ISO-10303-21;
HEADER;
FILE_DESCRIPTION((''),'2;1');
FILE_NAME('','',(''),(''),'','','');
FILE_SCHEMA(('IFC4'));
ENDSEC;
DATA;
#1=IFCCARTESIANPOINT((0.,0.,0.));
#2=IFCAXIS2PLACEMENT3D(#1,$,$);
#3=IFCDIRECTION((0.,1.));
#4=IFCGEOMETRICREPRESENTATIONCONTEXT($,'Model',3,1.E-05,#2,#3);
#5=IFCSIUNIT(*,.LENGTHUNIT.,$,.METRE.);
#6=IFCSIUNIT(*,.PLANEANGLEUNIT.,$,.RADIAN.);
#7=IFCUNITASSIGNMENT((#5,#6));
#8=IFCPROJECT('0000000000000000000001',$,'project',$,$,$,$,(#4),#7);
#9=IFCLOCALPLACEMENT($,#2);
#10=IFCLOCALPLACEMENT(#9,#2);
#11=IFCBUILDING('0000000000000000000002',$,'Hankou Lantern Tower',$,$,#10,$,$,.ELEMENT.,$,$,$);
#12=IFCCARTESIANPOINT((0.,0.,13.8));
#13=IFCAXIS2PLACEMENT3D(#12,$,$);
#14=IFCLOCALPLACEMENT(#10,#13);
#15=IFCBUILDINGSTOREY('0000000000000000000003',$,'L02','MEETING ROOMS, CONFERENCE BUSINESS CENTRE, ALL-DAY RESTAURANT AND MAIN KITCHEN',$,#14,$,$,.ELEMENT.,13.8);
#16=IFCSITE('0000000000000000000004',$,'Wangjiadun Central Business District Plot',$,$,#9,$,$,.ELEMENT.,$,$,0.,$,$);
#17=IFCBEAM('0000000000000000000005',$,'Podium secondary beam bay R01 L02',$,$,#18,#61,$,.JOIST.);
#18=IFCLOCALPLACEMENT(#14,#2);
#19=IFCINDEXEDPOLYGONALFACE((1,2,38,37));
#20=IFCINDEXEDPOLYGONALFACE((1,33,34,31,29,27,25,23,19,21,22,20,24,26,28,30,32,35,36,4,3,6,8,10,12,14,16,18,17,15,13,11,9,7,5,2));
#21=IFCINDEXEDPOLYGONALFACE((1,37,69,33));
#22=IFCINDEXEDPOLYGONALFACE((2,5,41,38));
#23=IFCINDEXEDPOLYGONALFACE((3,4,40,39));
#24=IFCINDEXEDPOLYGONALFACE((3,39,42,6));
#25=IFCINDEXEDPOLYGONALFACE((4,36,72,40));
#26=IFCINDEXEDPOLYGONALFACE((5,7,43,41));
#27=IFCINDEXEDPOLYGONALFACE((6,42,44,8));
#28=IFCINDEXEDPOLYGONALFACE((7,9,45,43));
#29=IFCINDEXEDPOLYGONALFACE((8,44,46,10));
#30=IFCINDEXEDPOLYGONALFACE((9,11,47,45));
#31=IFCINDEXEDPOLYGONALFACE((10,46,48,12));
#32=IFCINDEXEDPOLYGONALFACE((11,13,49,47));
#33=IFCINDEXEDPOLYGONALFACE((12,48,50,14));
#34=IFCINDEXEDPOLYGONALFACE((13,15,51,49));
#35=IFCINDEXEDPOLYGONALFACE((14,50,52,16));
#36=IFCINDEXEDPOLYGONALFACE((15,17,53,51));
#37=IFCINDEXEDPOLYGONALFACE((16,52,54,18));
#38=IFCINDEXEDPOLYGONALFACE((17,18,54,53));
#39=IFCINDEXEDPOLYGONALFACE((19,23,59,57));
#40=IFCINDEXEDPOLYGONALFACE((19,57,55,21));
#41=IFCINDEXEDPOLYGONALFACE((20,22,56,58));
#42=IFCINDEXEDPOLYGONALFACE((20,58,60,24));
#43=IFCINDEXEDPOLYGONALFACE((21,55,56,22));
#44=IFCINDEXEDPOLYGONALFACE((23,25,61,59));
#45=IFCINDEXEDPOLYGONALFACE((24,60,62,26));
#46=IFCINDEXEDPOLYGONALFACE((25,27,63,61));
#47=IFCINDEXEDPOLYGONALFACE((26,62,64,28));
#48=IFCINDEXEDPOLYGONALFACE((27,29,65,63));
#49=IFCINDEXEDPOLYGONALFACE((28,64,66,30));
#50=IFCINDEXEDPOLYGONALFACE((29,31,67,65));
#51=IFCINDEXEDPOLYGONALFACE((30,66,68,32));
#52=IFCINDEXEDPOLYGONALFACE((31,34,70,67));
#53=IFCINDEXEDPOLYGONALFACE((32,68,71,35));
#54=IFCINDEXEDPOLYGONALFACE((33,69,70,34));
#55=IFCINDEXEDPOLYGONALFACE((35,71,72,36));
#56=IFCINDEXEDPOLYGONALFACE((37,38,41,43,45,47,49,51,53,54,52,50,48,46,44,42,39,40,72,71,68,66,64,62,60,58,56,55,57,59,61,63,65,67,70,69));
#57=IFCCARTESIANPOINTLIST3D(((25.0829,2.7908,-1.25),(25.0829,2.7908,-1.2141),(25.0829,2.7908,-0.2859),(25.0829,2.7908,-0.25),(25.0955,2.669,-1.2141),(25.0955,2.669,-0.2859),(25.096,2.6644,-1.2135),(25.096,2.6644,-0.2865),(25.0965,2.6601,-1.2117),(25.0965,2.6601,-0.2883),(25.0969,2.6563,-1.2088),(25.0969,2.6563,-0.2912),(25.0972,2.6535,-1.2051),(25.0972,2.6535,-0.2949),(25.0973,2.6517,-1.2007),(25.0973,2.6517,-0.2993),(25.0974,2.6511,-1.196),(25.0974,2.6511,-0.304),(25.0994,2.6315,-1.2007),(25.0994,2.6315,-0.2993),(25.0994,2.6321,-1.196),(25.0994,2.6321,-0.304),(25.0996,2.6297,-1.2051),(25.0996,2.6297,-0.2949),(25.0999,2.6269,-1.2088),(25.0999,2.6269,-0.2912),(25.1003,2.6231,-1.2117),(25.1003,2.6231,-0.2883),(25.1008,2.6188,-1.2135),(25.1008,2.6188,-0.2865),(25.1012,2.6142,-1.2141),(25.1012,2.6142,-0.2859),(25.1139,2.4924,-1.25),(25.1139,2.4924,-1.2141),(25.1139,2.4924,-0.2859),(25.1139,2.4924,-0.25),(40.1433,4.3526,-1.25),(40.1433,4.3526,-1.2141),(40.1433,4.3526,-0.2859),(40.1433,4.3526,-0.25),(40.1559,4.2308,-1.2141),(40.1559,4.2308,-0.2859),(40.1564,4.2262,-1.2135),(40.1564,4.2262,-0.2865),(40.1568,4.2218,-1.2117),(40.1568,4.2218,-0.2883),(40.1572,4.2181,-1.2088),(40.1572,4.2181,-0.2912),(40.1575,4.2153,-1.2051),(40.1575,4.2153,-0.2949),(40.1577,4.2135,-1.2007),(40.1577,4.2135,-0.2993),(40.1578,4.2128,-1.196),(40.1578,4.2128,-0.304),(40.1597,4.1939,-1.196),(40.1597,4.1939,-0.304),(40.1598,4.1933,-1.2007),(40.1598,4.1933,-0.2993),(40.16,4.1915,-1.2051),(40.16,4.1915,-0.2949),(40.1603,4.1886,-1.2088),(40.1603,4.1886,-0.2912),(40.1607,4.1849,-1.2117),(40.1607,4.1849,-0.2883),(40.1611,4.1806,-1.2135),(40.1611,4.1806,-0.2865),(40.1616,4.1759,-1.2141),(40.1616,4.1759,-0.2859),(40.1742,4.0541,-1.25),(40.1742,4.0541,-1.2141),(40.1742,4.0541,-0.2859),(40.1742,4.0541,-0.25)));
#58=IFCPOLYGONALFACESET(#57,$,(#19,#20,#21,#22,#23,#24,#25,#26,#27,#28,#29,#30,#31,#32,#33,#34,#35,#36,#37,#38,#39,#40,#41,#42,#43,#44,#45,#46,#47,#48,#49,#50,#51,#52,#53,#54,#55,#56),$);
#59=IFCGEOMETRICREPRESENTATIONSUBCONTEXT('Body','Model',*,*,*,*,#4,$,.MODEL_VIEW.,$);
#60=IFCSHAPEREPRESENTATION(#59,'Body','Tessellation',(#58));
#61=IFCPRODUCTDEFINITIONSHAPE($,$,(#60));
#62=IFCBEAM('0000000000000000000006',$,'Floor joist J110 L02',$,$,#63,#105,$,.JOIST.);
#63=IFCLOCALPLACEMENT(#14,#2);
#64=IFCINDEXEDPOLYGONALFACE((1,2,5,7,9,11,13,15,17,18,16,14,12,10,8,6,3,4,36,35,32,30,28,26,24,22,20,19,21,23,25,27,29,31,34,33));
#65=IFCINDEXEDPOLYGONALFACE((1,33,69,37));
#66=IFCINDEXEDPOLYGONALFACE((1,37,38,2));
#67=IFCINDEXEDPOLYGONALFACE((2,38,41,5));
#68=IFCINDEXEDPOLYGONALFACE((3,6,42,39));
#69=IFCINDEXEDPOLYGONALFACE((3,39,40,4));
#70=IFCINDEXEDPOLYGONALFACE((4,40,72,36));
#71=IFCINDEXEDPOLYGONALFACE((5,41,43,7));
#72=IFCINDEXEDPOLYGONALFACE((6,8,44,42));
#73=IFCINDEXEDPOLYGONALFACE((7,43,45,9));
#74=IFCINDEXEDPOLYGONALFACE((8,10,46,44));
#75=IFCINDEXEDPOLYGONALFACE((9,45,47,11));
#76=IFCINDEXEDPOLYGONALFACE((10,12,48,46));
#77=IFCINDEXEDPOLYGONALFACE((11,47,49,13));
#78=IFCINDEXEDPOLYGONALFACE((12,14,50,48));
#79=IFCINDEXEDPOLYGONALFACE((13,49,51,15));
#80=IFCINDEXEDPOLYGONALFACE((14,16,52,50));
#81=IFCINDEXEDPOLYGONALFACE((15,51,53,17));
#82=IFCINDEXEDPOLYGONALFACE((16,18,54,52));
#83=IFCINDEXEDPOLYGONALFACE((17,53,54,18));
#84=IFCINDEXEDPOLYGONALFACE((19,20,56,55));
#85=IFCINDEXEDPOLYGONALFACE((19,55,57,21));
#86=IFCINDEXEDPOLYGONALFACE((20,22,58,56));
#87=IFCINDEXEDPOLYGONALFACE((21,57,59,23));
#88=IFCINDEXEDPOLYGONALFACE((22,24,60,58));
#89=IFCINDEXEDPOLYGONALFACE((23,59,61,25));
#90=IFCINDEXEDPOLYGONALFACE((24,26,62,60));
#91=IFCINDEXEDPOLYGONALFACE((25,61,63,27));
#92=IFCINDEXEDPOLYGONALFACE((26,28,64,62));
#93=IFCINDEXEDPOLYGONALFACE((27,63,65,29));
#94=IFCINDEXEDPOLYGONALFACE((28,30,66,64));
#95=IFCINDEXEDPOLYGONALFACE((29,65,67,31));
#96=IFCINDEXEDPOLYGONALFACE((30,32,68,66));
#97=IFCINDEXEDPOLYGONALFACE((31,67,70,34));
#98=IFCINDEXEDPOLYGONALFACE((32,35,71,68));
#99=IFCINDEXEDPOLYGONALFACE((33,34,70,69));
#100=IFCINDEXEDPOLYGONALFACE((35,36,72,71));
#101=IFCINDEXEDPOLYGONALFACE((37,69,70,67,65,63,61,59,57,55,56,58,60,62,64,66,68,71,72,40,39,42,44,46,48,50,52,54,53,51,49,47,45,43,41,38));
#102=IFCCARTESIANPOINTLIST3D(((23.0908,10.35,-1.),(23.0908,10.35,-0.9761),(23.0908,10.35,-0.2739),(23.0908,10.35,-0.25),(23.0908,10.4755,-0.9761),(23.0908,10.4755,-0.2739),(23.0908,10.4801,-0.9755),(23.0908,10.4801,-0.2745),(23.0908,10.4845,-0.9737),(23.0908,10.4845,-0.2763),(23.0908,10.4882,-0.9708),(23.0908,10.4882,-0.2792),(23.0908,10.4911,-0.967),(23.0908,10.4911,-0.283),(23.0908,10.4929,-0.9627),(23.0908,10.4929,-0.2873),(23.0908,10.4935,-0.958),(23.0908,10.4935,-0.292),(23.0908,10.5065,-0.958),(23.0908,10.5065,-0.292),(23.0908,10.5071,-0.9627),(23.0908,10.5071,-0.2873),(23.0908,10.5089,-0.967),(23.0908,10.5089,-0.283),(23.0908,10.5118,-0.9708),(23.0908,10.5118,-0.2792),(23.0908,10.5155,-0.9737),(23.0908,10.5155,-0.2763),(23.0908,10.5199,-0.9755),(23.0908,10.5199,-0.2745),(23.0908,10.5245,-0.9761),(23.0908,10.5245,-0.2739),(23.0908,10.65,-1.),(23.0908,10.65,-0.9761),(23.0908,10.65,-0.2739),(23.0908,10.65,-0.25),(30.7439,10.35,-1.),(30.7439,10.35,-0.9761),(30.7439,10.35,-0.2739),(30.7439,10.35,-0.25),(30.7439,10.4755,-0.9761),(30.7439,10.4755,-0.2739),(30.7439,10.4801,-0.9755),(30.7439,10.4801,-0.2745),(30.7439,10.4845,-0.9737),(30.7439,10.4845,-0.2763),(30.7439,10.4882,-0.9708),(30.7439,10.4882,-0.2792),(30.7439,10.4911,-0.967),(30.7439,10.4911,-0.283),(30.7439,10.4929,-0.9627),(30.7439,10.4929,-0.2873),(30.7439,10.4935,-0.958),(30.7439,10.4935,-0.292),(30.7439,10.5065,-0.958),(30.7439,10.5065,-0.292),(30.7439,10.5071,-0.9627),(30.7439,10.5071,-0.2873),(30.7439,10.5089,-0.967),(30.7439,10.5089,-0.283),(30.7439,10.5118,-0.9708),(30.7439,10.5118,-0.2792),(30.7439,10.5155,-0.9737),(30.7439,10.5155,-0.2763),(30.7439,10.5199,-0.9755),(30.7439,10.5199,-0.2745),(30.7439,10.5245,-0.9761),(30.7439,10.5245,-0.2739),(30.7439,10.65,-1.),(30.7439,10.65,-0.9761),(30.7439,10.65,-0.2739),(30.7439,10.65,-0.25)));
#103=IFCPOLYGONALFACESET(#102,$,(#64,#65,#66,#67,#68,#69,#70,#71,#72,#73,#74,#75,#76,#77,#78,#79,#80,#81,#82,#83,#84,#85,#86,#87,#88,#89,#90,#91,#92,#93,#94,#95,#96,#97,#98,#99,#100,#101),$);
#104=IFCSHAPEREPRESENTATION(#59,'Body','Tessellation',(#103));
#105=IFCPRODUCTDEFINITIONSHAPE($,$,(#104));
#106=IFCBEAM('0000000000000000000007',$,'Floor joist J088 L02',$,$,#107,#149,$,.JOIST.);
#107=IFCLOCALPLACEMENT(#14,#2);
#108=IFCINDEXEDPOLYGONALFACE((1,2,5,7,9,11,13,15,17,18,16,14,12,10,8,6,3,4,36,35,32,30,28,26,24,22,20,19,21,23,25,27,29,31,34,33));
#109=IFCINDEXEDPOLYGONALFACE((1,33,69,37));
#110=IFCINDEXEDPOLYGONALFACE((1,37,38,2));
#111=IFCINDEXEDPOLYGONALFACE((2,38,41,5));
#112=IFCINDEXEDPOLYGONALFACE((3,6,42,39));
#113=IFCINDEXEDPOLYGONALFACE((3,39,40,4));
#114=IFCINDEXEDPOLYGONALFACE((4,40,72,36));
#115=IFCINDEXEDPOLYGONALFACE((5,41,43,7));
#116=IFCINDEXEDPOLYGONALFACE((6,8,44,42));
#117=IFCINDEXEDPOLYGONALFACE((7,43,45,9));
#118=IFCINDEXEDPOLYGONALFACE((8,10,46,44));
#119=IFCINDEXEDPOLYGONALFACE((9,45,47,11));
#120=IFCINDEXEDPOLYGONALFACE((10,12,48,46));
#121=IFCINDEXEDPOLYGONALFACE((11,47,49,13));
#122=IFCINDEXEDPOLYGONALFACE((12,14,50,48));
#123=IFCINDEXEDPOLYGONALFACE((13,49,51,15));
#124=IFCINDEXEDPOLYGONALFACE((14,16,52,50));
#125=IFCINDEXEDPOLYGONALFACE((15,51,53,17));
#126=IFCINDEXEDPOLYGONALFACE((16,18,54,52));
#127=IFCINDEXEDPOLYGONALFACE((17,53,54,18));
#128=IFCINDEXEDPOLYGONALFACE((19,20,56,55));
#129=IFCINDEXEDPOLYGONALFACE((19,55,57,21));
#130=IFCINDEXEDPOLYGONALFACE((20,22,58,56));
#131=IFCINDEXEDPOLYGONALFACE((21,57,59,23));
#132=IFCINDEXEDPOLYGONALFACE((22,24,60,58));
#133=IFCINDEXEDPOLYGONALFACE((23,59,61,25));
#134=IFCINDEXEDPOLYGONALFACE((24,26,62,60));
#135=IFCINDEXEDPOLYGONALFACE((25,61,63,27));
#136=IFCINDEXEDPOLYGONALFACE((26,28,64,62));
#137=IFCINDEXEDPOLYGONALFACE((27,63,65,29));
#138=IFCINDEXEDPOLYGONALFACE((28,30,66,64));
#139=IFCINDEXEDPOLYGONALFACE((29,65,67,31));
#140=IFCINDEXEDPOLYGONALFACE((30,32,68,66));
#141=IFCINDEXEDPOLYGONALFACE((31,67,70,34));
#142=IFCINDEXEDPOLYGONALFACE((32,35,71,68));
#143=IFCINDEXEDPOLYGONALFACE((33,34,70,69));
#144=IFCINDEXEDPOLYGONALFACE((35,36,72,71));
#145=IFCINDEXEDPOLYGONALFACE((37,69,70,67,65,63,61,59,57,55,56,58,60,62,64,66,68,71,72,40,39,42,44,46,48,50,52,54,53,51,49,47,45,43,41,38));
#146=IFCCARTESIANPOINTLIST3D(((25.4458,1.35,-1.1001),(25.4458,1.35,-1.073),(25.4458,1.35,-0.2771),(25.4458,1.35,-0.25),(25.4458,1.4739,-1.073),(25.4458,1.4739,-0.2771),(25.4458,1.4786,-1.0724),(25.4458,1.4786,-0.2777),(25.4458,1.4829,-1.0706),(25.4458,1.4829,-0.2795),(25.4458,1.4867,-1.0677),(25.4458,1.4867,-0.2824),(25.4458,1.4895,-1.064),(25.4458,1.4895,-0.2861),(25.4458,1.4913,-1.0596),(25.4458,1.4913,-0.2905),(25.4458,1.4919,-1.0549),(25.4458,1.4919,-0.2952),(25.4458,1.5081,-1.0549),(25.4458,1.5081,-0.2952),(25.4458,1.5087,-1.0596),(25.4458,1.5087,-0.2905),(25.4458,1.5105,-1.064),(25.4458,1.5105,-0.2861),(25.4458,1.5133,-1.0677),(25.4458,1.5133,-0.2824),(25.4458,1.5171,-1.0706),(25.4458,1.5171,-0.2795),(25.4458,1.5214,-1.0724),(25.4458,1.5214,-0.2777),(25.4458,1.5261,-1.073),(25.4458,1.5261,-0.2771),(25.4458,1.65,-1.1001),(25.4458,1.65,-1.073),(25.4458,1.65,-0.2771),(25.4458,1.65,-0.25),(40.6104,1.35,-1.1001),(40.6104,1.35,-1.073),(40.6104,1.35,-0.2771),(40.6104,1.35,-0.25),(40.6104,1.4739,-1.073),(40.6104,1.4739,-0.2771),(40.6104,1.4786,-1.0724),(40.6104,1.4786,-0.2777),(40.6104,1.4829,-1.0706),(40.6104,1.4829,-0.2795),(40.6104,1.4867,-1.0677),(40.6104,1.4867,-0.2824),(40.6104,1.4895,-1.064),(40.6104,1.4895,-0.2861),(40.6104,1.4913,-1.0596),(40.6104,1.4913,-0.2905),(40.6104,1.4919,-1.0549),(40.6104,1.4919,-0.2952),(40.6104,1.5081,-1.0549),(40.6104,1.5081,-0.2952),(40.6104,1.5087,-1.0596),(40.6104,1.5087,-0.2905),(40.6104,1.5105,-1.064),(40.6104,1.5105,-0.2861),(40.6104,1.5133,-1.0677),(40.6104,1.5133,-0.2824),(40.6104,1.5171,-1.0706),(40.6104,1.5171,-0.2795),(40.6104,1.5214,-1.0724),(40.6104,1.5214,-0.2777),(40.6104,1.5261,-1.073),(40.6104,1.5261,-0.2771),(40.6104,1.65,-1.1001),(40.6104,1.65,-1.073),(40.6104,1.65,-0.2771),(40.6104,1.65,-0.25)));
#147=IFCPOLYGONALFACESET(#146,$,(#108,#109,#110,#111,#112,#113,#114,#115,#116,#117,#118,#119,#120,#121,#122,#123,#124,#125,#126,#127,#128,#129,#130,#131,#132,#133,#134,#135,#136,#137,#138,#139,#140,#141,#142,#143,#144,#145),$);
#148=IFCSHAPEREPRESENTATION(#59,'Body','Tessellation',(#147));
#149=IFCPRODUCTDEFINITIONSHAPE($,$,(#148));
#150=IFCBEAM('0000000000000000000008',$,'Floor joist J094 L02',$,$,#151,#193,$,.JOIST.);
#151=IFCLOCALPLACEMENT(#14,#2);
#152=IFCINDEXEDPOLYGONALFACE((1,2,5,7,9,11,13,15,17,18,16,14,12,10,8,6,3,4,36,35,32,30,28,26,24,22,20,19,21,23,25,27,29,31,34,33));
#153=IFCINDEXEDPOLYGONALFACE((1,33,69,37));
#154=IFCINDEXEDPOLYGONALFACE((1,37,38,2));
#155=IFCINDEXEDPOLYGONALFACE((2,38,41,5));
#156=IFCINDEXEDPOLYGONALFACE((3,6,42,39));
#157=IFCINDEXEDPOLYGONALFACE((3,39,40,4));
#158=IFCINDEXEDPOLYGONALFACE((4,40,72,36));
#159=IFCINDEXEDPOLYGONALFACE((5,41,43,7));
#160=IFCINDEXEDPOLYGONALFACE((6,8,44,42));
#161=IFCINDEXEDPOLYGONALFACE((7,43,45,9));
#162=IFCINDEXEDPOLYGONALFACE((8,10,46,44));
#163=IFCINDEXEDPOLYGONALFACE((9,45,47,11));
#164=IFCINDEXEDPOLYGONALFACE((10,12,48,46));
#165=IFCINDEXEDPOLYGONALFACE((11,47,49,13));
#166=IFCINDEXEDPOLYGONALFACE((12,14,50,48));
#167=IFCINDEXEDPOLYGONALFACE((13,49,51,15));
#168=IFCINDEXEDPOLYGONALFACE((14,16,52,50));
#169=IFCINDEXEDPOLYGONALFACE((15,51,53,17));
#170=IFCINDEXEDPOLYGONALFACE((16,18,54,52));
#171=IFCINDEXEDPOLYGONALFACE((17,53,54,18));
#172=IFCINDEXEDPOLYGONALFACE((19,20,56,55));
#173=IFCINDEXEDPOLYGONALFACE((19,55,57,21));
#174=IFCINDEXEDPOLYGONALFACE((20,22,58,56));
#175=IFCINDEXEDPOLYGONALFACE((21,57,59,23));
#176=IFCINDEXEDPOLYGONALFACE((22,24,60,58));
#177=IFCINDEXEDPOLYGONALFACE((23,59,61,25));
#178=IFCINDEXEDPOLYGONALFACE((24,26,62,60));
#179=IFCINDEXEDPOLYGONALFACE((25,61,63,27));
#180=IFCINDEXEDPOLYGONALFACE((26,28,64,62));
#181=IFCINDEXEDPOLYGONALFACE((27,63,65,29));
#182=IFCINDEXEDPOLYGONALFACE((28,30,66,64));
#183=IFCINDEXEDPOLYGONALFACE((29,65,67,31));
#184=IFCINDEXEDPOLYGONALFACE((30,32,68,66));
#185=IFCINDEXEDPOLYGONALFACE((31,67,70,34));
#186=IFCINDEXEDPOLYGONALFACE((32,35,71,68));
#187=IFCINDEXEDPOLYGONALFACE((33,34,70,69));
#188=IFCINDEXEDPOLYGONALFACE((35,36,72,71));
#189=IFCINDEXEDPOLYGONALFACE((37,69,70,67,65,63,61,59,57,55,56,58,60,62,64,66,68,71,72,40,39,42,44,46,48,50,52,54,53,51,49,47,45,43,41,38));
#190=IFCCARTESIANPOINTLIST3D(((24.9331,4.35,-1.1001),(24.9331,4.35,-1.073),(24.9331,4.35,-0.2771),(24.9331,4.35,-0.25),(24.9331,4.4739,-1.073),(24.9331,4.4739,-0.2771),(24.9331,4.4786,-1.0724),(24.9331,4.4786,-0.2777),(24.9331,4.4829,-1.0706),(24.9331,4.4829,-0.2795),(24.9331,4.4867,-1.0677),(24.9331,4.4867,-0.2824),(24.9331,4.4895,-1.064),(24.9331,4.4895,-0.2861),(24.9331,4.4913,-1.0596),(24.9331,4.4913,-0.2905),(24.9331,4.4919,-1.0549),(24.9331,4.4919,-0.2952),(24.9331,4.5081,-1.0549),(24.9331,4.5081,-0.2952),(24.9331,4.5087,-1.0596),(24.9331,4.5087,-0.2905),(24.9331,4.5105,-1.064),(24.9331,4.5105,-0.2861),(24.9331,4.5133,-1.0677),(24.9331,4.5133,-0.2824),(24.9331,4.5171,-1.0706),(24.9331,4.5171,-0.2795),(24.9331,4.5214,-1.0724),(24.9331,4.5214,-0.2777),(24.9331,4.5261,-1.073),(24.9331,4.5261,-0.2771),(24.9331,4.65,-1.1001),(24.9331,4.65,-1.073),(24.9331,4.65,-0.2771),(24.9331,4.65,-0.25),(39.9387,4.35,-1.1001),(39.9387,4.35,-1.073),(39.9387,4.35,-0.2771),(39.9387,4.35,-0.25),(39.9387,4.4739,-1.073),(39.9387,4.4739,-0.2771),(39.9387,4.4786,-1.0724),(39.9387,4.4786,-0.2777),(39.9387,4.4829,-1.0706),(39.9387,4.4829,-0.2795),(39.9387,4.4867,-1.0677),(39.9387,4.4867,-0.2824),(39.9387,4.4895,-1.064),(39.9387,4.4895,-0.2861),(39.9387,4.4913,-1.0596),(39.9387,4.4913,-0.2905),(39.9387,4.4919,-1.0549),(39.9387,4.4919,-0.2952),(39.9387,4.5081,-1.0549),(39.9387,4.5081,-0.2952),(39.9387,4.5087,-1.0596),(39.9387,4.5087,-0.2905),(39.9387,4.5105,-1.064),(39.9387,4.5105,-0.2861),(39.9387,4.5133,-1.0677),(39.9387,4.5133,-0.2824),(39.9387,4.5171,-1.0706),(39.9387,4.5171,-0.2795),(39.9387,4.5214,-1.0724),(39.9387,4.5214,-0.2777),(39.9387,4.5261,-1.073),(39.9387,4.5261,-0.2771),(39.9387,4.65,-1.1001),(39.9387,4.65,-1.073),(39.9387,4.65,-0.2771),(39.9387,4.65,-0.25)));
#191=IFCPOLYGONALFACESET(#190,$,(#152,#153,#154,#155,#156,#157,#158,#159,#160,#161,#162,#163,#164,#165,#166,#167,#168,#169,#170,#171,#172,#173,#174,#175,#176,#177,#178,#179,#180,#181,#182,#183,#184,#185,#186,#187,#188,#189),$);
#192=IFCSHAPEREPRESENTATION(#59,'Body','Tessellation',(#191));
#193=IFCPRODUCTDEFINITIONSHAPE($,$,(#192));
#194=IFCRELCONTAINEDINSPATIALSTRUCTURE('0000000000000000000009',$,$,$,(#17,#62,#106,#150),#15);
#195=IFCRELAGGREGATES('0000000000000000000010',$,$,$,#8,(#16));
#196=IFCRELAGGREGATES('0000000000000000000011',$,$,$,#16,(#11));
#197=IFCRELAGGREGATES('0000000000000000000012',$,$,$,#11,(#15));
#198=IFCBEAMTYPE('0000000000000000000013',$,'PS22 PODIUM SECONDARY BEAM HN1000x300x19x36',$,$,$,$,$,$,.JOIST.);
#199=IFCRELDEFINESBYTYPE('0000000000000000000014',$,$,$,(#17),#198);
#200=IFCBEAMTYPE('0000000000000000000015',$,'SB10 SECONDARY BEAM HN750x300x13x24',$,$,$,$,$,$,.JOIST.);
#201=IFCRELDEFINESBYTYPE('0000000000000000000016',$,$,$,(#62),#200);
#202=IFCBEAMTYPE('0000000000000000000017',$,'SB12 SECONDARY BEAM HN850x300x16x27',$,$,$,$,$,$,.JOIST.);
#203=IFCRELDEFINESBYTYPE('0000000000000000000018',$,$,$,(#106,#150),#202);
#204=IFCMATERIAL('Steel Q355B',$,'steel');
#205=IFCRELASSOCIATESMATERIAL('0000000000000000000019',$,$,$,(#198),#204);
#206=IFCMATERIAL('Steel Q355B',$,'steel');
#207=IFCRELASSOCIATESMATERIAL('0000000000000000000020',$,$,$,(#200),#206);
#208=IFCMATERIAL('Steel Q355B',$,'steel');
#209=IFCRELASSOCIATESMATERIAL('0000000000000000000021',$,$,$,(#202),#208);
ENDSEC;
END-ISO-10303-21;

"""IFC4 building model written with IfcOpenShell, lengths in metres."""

from ifc_helpers import new_model, si_unit, direction, frame, origin, origin_2d, place, context, subcontext, project, spatial, i_section, extrude, material, material_profile, profile_set, type_object, element, save


model = new_model("IFC4")

# Units and contexts
model_context = context("Model", 3, precision=1e-05, world=origin(), true_north=direction((0.0, 1.0)))
body_context = subcontext(model_context, "Body", "Model", "MODEL_VIEW")
ifc_project = project(units=[si_unit("LENGTHUNIT", "METRE"), si_unit("PLANEANGLEUNIT", "RADIAN")], contexts=[model_context])

# Site, building, storey
site_placement = place(None, origin())
site = spatial("IfcSite", under=ifc_project, at=site_placement, Name="Wangjiadun Central Business District Plot", CompositionType="ELEMENT", RefElevation=0.0)
building_placement = place(site_placement, origin())
building = spatial("IfcBuilding", under=site, at=building_placement, Name="Hankou Lantern Tower", CompositionType="ELEMENT")
storey_placement = place(building_placement, frame((0.0, 0.0, 13.8)))
storey = spatial("IfcBuildingStorey", under=building, at=storey_placement, Name="L02", Description="MEETING ROOMS, CONFERENCE BUSINESS CENTRE, ALL-DAY RESTAURANT AND MAIN KITCHEN", CompositionType="ELEMENT", Elevation=13.8)

# Beams
ifc_material_1 = material(Name="Steel Q355B", Category="steel")
ifc_material_profile_1 = material_profile(ifc_material_1, i_section(OverallWidth=0.3, OverallDepth=1.0, WebThickness=0.019, FlangeThickness=0.0359, FilletRadius=0.0181, at=origin_2d()), Name="HN1000x300x19x36")
ifc_profile_set_1 = profile_set([ifc_material_profile_1], Name="Steel Q355B")
beam_type_1 = type_object("IfcBeamType", Name="PS22 PODIUM SECONDARY BEAM HN1000x300x19x36", PredefinedType="JOIST", material=ifc_profile_set_1)
beam_1_placement = place(storey_placement, frame((25.0984, 2.6416, -0.75), z_axis=(0.994666, 0.103148, 0.0), x_axis=(-0.103148, 0.994666, 0.0)))
element("IfcBeam", 1, at=beam_1_placement, inside=storey, type_object=beam_type_1, Name="Podium secondary beam bay R01 L02", PredefinedType="JOIST", context=body_context, shape_type="SweptSolid", body=[
    extrude(i_section(OverallWidth=0.3, OverallDepth=1.0, WebThickness=0.019, FlangeThickness=0.0359, FilletRadius=0.0181, at=origin_2d()), origin(), (0.0, 0.0, 1.0), 15.1411),
])
ifc_material_2 = material(Name="Steel Q355B", Category="steel")
ifc_material_profile_2 = material_profile(ifc_material_2, i_section(OverallWidth=0.3, OverallDepth=0.75, WebThickness=0.0129, FlangeThickness=0.0239, FilletRadius=0.0181, at=origin_2d()), Name="HN750x300x13x24")
ifc_profile_set_2 = profile_set([ifc_material_profile_2], Name="Steel Q355B")
beam_type_2 = type_object("IfcBeamType", Name="SB10 SECONDARY BEAM HN750x300x13x24", PredefinedType="JOIST", material=ifc_profile_set_2)
beam_2_placement = place(storey_placement, frame((23.0908, 10.5, -0.625), z_axis=(1.0, 0.0, 0.0), x_axis=(0.0, 1.0, 0.0)))
element("IfcBeam", 2, at=beam_2_placement, inside=storey, type_object=beam_type_2, Name="Floor joist J110 L02", PredefinedType="JOIST", context=body_context, shape_type="SweptSolid", body=[
    extrude(i_section(OverallWidth=0.3, OverallDepth=0.75, WebThickness=0.0129, FlangeThickness=0.0239, FilletRadius=0.0181, at=origin_2d()), origin(), (0.0, 0.0, 1.0), 7.6531),
])
ifc_material_3 = material(Name="Steel Q355B", Category="steel")
ifc_material_profile_3 = material_profile(ifc_material_3, i_section(OverallWidth=0.3, OverallDepth=0.8501, WebThickness=0.0161, FlangeThickness=0.0271, FilletRadius=0.0181, at=origin_2d()), Name="HN850x300x16x27")
ifc_profile_set_3 = profile_set([ifc_material_profile_3], Name="Steel Q355B")
beam_type_3 = type_object("IfcBeamType", Name="SB12 SECONDARY BEAM HN850x300x16x27", PredefinedType="JOIST", material=ifc_profile_set_3)
beam_3_placement = place(storey_placement, frame((25.4458, 1.5, -0.675), z_axis=(1.0, 0.0, 0.0), x_axis=(0.0, 1.0, 0.0)))
element("IfcBeam", 3, at=beam_3_placement, inside=storey, type_object=beam_type_3, Name="Floor joist J088 L02", PredefinedType="JOIST", context=body_context, shape_type="SweptSolid", body=[
    extrude(i_section(OverallWidth=0.3, OverallDepth=0.8501, WebThickness=0.0161, FlangeThickness=0.0271, FilletRadius=0.0181, at=origin_2d()), origin(), (0.0, 0.0, 1.0), 15.1646),
])
beam_4_placement = place(storey_placement, frame((24.9331, 4.5, -0.675), z_axis=(1.0, 0.0, 0.0), x_axis=(0.0, 1.0, 0.0)))
element("IfcBeam", 4, at=beam_4_placement, inside=storey, type_object=beam_type_3, Name="Floor joist J094 L02", PredefinedType="JOIST", context=body_context, shape_type="SweptSolid", body=[
    extrude(i_section(OverallWidth=0.3, OverallDepth=0.8501, WebThickness=0.0161, FlangeThickness=0.0271, FilletRadius=0.0181, at=origin_2d()), origin(), (0.0, 0.0, 1.0), 15.0056),
])

save(model, "model.ifc")
